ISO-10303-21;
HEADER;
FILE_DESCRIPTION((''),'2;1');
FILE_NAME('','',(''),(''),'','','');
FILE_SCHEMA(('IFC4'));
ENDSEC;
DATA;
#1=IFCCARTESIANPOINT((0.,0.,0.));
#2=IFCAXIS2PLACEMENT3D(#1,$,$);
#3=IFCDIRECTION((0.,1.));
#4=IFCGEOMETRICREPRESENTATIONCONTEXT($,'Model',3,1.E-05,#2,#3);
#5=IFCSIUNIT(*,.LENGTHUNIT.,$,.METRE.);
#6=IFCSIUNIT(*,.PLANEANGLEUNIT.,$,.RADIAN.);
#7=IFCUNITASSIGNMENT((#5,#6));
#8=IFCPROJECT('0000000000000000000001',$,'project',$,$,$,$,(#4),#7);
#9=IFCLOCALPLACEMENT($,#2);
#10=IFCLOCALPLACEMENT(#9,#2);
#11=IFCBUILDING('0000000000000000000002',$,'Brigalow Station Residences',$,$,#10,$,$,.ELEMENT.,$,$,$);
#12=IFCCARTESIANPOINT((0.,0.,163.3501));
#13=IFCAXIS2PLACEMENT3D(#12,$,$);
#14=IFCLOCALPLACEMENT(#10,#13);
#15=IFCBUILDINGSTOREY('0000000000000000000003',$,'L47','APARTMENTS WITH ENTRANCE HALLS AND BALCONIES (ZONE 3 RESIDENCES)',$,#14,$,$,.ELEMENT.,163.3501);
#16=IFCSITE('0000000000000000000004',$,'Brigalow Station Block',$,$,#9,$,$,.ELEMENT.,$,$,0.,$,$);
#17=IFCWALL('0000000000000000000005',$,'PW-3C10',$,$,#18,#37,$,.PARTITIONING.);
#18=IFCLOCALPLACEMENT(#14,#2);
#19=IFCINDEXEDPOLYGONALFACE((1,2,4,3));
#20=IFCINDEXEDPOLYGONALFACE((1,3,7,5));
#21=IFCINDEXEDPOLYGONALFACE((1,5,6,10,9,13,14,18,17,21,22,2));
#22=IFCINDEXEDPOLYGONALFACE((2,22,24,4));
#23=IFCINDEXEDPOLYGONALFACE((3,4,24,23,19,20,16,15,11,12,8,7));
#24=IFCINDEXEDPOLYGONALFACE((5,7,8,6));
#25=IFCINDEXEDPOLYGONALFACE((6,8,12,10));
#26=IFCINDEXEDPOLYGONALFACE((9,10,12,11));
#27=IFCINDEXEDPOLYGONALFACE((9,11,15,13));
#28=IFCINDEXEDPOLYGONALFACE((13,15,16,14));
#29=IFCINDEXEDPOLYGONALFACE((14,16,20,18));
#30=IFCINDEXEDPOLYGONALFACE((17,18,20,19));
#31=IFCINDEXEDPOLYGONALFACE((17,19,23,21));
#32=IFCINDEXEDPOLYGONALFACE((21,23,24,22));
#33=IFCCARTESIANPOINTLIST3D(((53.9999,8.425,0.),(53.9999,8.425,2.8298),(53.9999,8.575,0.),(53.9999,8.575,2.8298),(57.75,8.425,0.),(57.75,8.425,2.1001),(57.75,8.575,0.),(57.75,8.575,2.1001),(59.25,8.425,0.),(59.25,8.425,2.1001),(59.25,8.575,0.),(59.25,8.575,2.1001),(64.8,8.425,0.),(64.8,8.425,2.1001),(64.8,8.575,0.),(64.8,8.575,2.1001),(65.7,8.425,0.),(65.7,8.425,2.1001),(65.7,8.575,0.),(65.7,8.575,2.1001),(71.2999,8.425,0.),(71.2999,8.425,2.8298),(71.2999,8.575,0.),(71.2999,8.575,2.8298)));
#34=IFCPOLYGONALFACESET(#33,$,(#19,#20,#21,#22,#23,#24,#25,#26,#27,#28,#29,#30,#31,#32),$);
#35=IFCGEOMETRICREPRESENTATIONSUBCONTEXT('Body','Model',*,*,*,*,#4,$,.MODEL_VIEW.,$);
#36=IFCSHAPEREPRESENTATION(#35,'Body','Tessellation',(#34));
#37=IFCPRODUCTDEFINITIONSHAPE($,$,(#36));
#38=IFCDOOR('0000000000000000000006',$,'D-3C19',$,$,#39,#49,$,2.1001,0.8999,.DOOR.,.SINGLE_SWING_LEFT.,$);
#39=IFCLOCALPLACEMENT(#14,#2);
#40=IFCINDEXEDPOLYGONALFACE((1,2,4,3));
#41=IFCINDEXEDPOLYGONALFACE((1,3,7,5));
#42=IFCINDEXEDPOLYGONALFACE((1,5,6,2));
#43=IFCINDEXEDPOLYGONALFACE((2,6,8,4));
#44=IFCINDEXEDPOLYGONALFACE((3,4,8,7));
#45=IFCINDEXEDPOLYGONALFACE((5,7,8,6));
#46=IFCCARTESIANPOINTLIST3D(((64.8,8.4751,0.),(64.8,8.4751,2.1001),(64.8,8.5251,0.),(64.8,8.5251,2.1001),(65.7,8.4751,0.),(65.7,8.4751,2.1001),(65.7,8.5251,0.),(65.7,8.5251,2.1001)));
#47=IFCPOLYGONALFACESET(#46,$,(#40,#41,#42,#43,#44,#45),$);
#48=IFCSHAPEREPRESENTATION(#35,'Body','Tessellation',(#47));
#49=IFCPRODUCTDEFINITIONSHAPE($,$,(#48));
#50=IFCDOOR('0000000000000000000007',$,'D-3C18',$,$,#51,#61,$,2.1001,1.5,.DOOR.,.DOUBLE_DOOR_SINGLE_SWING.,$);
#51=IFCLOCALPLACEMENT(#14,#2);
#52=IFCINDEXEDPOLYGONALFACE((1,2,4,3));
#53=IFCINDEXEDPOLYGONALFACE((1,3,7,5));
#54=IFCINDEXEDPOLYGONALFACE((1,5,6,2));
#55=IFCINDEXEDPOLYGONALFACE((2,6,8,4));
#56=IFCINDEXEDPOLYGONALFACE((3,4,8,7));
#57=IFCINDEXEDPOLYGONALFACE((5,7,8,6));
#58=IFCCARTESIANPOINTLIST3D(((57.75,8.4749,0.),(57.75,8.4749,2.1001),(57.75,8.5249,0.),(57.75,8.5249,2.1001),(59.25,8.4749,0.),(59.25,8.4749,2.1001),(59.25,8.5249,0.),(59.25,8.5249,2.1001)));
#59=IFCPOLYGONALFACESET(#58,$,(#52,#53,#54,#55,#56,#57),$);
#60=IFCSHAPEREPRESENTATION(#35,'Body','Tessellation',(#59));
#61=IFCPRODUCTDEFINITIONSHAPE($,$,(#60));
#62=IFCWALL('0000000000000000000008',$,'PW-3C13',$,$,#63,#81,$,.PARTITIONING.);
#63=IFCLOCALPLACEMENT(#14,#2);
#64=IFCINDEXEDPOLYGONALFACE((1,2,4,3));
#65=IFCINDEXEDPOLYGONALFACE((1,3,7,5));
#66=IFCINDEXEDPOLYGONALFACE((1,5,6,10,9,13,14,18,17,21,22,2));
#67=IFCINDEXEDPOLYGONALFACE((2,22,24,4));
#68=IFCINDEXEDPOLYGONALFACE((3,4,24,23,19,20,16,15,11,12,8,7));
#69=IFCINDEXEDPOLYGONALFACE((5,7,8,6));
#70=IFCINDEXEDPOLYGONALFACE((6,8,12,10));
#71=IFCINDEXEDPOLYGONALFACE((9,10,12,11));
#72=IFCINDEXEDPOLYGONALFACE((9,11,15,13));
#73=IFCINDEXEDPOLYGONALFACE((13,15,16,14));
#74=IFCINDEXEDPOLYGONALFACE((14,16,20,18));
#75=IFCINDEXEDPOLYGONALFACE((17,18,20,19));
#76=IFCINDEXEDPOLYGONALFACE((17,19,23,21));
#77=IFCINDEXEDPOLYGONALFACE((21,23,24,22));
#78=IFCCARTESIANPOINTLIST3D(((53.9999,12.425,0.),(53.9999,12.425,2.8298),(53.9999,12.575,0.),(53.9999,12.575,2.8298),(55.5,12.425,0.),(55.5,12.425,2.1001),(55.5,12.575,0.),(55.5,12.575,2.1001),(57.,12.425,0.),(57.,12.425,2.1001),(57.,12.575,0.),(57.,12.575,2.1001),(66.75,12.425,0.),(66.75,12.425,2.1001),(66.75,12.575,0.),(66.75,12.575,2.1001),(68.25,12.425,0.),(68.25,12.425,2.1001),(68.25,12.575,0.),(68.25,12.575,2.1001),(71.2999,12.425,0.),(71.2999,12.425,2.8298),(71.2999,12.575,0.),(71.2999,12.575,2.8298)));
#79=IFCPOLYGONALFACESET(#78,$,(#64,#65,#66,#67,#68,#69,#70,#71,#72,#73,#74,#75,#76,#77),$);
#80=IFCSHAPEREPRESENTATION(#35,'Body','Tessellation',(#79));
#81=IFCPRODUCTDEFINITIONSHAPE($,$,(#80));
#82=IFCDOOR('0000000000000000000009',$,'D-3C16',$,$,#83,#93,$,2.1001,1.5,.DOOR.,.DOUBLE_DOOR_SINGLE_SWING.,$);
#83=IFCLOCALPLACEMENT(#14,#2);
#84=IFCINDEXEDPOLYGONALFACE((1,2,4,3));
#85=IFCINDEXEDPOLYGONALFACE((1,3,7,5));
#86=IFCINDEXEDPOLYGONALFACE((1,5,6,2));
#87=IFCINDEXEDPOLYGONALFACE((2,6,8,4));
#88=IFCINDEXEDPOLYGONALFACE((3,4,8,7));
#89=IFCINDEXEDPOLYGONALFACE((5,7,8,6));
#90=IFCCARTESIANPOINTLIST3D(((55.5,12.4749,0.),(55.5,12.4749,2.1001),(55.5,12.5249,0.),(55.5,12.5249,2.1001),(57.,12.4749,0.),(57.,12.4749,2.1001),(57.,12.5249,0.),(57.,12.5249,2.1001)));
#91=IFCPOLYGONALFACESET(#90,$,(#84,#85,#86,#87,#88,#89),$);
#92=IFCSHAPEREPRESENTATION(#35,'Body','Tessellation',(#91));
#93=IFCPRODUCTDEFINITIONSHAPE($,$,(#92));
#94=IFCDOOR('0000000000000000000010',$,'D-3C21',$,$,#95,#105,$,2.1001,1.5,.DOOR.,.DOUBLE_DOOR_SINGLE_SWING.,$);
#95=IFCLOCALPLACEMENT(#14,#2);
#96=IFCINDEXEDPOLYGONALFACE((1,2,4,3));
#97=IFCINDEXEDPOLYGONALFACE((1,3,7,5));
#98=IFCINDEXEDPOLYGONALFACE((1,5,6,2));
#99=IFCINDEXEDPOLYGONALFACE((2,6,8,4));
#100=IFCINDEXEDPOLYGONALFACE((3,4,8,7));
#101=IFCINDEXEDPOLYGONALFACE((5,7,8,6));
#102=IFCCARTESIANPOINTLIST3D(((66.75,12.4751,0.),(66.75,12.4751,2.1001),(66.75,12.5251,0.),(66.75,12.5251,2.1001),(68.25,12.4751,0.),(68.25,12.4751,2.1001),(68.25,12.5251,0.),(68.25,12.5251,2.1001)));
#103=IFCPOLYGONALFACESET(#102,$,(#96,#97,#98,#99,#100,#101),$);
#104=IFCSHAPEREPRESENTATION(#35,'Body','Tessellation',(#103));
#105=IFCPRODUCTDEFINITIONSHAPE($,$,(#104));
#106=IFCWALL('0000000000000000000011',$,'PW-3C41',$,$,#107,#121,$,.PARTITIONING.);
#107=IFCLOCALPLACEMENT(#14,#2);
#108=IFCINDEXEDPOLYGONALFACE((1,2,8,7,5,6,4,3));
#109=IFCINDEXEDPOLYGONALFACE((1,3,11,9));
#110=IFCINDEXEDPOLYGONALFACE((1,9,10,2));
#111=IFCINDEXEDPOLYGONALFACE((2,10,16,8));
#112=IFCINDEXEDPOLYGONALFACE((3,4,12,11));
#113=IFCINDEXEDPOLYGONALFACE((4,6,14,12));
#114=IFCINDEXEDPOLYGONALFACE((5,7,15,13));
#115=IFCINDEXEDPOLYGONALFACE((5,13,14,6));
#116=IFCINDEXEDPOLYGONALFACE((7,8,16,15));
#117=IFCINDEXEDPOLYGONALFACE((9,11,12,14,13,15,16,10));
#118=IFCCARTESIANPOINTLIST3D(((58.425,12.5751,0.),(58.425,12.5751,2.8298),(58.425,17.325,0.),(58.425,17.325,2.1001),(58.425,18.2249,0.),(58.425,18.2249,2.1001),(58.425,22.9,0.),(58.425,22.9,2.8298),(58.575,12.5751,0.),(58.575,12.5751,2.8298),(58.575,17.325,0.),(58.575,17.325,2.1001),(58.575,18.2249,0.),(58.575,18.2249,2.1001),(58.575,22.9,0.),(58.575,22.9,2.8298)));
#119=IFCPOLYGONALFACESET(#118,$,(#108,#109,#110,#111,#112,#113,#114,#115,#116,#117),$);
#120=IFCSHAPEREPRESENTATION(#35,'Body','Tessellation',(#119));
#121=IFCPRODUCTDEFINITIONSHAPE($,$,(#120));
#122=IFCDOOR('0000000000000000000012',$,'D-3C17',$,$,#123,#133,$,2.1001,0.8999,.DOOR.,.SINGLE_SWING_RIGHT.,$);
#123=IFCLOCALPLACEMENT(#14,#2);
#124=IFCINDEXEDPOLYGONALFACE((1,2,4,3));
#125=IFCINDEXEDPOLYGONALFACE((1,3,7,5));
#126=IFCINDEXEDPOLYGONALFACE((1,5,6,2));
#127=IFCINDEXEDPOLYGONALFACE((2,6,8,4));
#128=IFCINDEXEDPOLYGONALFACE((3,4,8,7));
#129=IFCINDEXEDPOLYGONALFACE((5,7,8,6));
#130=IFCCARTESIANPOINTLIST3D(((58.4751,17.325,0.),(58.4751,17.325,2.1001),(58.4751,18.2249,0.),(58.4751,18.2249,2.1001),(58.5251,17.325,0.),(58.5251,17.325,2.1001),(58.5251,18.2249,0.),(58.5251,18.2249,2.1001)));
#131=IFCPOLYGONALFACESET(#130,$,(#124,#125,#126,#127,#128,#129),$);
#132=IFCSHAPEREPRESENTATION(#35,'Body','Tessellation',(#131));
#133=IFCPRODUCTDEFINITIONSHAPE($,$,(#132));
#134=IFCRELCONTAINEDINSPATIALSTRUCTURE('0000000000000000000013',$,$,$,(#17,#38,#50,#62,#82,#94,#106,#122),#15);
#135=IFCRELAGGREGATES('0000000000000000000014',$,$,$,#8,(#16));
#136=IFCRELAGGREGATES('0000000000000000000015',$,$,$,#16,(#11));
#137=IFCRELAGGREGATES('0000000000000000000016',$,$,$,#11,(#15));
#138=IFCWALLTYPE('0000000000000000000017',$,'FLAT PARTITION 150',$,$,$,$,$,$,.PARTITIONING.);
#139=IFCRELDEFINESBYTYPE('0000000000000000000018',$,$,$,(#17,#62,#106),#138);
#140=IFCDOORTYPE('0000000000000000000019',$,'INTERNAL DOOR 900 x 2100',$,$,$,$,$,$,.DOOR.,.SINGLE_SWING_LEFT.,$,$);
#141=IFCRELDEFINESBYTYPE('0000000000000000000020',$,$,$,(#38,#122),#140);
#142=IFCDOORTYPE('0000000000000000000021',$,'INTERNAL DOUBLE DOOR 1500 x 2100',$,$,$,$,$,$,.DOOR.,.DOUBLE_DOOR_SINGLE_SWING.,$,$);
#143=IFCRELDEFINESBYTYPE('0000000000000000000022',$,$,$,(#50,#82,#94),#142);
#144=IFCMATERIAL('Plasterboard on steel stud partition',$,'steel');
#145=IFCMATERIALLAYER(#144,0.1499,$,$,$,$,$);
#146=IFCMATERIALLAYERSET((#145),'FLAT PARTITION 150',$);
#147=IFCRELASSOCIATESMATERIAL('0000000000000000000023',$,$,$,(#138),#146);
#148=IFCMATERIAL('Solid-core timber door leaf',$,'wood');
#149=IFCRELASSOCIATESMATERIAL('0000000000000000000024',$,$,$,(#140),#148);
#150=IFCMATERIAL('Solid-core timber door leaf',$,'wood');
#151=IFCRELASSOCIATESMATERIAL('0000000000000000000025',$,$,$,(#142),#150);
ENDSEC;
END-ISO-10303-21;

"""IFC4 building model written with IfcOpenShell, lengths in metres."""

from ifc_helpers import new_model, si_unit, direction, frame, frame_2d, origin, place, context, subcontext, project, spatial, rectangle, extrude, material, layer, layer_set, type_object, element, fill, save


model = new_model("IFC4")

# Units and contexts
model_context = context("Model", 3, precision=1e-05, world=origin(), true_north=direction((0.0, 1.0)))
body_context = subcontext(model_context, "Body", "Model", "MODEL_VIEW")
ifc_project = project(units=[si_unit("LENGTHUNIT", "METRE"), si_unit("PLANEANGLEUNIT", "RADIAN")], contexts=[model_context])

# Site, building, storey
site_placement = place(None, origin())
site = spatial("IfcSite", under=ifc_project, at=site_placement, Name="Brigalow Station Block", CompositionType="ELEMENT", RefElevation=0.0)
building_placement = place(site_placement, origin())
building = spatial("IfcBuilding", under=site, at=building_placement, Name="Brigalow Station Residences", CompositionType="ELEMENT")
storey_placement = place(building_placement, frame((0.0, 0.0, 163.3501)))
storey = spatial("IfcBuildingStorey", under=building, at=storey_placement, Name="L47", Description="APARTMENTS WITH ENTRANCE HALLS AND BALCONIES (ZONE 3 RESIDENCES)", CompositionType="ELEMENT", Elevation=163.3501)

# Walls, openings, doors
ifc_material_1 = material(Name="Plasterboard on steel stud partition", Category="steel")
ifc_layer_1 = layer(ifc_material_1, 0.1499)
ifc_layer_set_1 = layer_set([ifc_layer_1], Name="FLAT PARTITION 150")
wall_type_1 = type_object("IfcWallType", Name="FLAT PARTITION 150", PredefinedType="PARTITIONING", material=ifc_layer_set_1)
wall_1_placement = place(storey_placement, frame((54.0, 8.5, 0.0), z_axis=(0.0, 0.0, 1.0), x_axis=(1.0, 0.0, 0.0)))
wall_1 = element("IfcWall", 1, at=wall_1_placement, inside=storey, type_object=wall_type_1, Name="PW-3C10", PredefinedType="PARTITIONING", context=body_context, shape_type="SweptSolid", body=[
    extrude(rectangle(XDim=17.3, YDim=0.1499, at=frame_2d((8.6499, 0.0))), origin(), (0.0, 0.0, 1.0), 2.8298),
])
opening_1_placement = place(wall_1_placement, frame((3.75, 0.0, 0.0)))
opening_1 = element("IfcOpeningElement", 2, at=opening_1_placement, cuts=wall_1, PredefinedType="OPENING", context=body_context, shape_type="SweptSolid", body=[
    extrude(rectangle(XDim=1.5, YDim=2.1001, at=frame_2d((0.75, 1.05))), frame((0.0, 0.085, 0.0), z_axis=(0.0, -1.0, 0.0), x_axis=(1.0, 0.0, 0.0)), (0.0, 0.0, 1.0), 0.1699),
])
opening_2_placement = place(wall_1_placement, frame((10.8, 0.0, 0.0)))
opening_2 = element("IfcOpeningElement", 3, at=opening_2_placement, cuts=wall_1, PredefinedType="OPENING", context=body_context, shape_type="SweptSolid", body=[
    extrude(rectangle(XDim=0.8999, YDim=2.1001, at=frame_2d((0.45, 1.05))), frame((0.0, 0.085, 0.0), z_axis=(0.0, -1.0, 0.0), x_axis=(1.0, 0.0, 0.0)), (0.0, 0.0, 1.0), 0.1699),
])
ifc_material_2 = material(Name="Solid-core timber door leaf", Category="wood")
door_type_1 = type_object("IfcDoorType", Name="INTERNAL DOOR 900 x 2100", OperationType="SINGLE_SWING_LEFT", PredefinedType="DOOR", material=ifc_material_2)
door_1_placement = place(opening_2_placement, frame((0.8999, 0.0, 0.0), z_axis=(0.0, 0.0, 1.0), x_axis=(-1.0, 0.0, 0.0)))
door_1 = element("IfcDoor", 4, at=door_1_placement, inside=storey, type_object=door_type_1, Name="D-3C19", OperationType="SINGLE_SWING_LEFT", OverallHeight=2.1001, OverallWidth=0.8999, PredefinedType="DOOR", context=body_context, shape_type="SweptSolid", body=[
    extrude(rectangle(XDim=0.8999, YDim=2.1001, at=frame_2d((0.45, 1.05))), frame((0.0, 0.0249, 0.0), z_axis=(0.0, -1.0, 0.0), x_axis=(1.0, 0.0, 0.0)), (0.0, 0.0, 1.0), 0.05),
])
fill(opening_2, door_1)
ifc_material_3 = material(Name="Solid-core timber door leaf", Category="wood")
door_type_2 = type_object("IfcDoorType", Name="INTERNAL DOUBLE DOOR 1500 x 2100", OperationType="DOUBLE_DOOR_SINGLE_SWING", PredefinedType="DOOR", material=ifc_material_3)
door_2_placement = place(opening_1_placement, origin())
door_2 = element("IfcDoor", 5, at=door_2_placement, inside=storey, type_object=door_type_2, Name="D-3C18", OperationType="DOUBLE_DOOR_SINGLE_SWING", OverallHeight=2.1001, OverallWidth=1.5, PredefinedType="DOOR", context=body_context, shape_type="SweptSolid", body=[
    extrude(rectangle(XDim=1.5, YDim=2.1001, at=frame_2d((0.75, 1.05))), frame((0.0, 0.0249, 0.0), z_axis=(0.0, -1.0, 0.0), x_axis=(1.0, 0.0, 0.0)), (0.0, 0.0, 1.0), 0.05),
])
fill(opening_1, door_2)
wall_2_placement = place(storey_placement, frame((54.0, 12.5, 0.0), z_axis=(0.0, 0.0, 1.0), x_axis=(1.0, 0.0, 0.0)))
wall_2 = element("IfcWall", 6, at=wall_2_placement, inside=storey, type_object=wall_type_1, Name="PW-3C13", PredefinedType="PARTITIONING", context=body_context, shape_type="SweptSolid", body=[
    extrude(rectangle(XDim=17.3, YDim=0.1499, at=frame_2d((8.6499, 0.0))), origin(), (0.0, 0.0, 1.0), 2.8298),
])
opening_3_placement = place(wall_2_placement, frame((1.5, 0.0, 0.0)))
opening_3 = element("IfcOpeningElement", 7, at=opening_3_placement, cuts=wall_2, PredefinedType="OPENING", context=body_context, shape_type="SweptSolid", body=[
    extrude(rectangle(XDim=1.5, YDim=2.1001, at=frame_2d((0.75, 1.05))), frame((0.0, 0.085, 0.0), z_axis=(0.0, -1.0, 0.0), x_axis=(1.0, 0.0, 0.0)), (0.0, 0.0, 1.0), 0.1699),
])
opening_4_placement = place(wall_2_placement, frame((12.75, 0.0, 0.0)))
opening_4 = element("IfcOpeningElement", 8, at=opening_4_placement, cuts=wall_2, PredefinedType="OPENING", context=body_context, shape_type="SweptSolid", body=[
    extrude(rectangle(XDim=1.5, YDim=2.1001, at=frame_2d((0.75, 1.05))), frame((0.0, 0.085, 0.0), z_axis=(0.0, -1.0, 0.0), x_axis=(1.0, 0.0, 0.0)), (0.0, 0.0, 1.0), 0.1699),
])
door_3_placement = place(opening_3_placement, origin())
door_3 = element("IfcDoor", 9, at=door_3_placement, inside=storey, type_object=door_type_2, Name="D-3C16", OperationType="DOUBLE_DOOR_SINGLE_SWING", OverallHeight=2.1001, OverallWidth=1.5, PredefinedType="DOOR", context=body_context, shape_type="SweptSolid", body=[
    extrude(rectangle(XDim=1.5, YDim=2.1001, at=frame_2d((0.75, 1.05))), frame((0.0, 0.0249, 0.0), z_axis=(0.0, -1.0, 0.0), x_axis=(1.0, 0.0, 0.0)), (0.0, 0.0, 1.0), 0.05),
])
fill(opening_3, door_3)
door_4_placement = place(opening_4_placement, frame((1.5, 0.0, 0.0), z_axis=(0.0, 0.0, 1.0), x_axis=(-1.0, 0.0, 0.0)))
door_4 = element("IfcDoor", 10, at=door_4_placement, inside=storey, type_object=door_type_2, Name="D-3C21", OperationType="DOUBLE_DOOR_SINGLE_SWING", OverallHeight=2.1001, OverallWidth=1.5, PredefinedType="DOOR", context=body_context, shape_type="SweptSolid", body=[
    extrude(rectangle(XDim=1.5, YDim=2.1001, at=frame_2d((0.75, 1.05))), frame((0.0, 0.0249, 0.0), z_axis=(0.0, -1.0, 0.0), x_axis=(1.0, 0.0, 0.0)), (0.0, 0.0, 1.0), 0.05),
])
fill(opening_4, door_4)

# Wall, opening, door
wall_3_placement = place(storey_placement, frame((58.5, 12.575, 0.0), z_axis=(0.0, 0.0, 1.0), x_axis=(0.0, 1.0, 0.0)))
wall_3 = element("IfcWall", 11, at=wall_3_placement, inside=storey, type_object=wall_type_1, Name="PW-3C41", PredefinedType="PARTITIONING", context=body_context, shape_type="SweptSolid", body=[
    extrude(rectangle(XDim=10.325, YDim=0.1499, at=frame_2d((5.1626, 0.0))), origin(), (0.0, 0.0, 1.0), 2.8298),
])
opening_5_placement = place(wall_3_placement, frame((4.75, 0.0, 0.0)))
opening_5 = element("IfcOpeningElement", 12, at=opening_5_placement, cuts=wall_3, PredefinedType="OPENING", context=body_context, shape_type="SweptSolid", body=[
    extrude(rectangle(XDim=0.8999, YDim=2.1001, at=frame_2d((0.45, 1.05))), frame((0.0, 0.085, 0.0), z_axis=(0.0, -1.0, 0.0), x_axis=(1.0, 0.0, 0.0)), (0.0, 0.0, 1.0), 0.1699),
])
door_5_placement = place(opening_5_placement, origin())
door_5 = element("IfcDoor", 13, at=door_5_placement, inside=storey, type_object=door_type_1, Name="D-3C17", OperationType="SINGLE_SWING_RIGHT", OverallHeight=2.1001, OverallWidth=0.8999, PredefinedType="DOOR", context=body_context, shape_type="SweptSolid", body=[
    extrude(rectangle(XDim=0.8999, YDim=2.1001, at=frame_2d((0.45, 1.05))), frame((0.0, 0.0249, 0.0), z_axis=(0.0, -1.0, 0.0), x_axis=(1.0, 0.0, 0.0)), (0.0, 0.0, 1.0), 0.05),
])
fill(opening_5, door_5)

save(model, "model.ifc")
